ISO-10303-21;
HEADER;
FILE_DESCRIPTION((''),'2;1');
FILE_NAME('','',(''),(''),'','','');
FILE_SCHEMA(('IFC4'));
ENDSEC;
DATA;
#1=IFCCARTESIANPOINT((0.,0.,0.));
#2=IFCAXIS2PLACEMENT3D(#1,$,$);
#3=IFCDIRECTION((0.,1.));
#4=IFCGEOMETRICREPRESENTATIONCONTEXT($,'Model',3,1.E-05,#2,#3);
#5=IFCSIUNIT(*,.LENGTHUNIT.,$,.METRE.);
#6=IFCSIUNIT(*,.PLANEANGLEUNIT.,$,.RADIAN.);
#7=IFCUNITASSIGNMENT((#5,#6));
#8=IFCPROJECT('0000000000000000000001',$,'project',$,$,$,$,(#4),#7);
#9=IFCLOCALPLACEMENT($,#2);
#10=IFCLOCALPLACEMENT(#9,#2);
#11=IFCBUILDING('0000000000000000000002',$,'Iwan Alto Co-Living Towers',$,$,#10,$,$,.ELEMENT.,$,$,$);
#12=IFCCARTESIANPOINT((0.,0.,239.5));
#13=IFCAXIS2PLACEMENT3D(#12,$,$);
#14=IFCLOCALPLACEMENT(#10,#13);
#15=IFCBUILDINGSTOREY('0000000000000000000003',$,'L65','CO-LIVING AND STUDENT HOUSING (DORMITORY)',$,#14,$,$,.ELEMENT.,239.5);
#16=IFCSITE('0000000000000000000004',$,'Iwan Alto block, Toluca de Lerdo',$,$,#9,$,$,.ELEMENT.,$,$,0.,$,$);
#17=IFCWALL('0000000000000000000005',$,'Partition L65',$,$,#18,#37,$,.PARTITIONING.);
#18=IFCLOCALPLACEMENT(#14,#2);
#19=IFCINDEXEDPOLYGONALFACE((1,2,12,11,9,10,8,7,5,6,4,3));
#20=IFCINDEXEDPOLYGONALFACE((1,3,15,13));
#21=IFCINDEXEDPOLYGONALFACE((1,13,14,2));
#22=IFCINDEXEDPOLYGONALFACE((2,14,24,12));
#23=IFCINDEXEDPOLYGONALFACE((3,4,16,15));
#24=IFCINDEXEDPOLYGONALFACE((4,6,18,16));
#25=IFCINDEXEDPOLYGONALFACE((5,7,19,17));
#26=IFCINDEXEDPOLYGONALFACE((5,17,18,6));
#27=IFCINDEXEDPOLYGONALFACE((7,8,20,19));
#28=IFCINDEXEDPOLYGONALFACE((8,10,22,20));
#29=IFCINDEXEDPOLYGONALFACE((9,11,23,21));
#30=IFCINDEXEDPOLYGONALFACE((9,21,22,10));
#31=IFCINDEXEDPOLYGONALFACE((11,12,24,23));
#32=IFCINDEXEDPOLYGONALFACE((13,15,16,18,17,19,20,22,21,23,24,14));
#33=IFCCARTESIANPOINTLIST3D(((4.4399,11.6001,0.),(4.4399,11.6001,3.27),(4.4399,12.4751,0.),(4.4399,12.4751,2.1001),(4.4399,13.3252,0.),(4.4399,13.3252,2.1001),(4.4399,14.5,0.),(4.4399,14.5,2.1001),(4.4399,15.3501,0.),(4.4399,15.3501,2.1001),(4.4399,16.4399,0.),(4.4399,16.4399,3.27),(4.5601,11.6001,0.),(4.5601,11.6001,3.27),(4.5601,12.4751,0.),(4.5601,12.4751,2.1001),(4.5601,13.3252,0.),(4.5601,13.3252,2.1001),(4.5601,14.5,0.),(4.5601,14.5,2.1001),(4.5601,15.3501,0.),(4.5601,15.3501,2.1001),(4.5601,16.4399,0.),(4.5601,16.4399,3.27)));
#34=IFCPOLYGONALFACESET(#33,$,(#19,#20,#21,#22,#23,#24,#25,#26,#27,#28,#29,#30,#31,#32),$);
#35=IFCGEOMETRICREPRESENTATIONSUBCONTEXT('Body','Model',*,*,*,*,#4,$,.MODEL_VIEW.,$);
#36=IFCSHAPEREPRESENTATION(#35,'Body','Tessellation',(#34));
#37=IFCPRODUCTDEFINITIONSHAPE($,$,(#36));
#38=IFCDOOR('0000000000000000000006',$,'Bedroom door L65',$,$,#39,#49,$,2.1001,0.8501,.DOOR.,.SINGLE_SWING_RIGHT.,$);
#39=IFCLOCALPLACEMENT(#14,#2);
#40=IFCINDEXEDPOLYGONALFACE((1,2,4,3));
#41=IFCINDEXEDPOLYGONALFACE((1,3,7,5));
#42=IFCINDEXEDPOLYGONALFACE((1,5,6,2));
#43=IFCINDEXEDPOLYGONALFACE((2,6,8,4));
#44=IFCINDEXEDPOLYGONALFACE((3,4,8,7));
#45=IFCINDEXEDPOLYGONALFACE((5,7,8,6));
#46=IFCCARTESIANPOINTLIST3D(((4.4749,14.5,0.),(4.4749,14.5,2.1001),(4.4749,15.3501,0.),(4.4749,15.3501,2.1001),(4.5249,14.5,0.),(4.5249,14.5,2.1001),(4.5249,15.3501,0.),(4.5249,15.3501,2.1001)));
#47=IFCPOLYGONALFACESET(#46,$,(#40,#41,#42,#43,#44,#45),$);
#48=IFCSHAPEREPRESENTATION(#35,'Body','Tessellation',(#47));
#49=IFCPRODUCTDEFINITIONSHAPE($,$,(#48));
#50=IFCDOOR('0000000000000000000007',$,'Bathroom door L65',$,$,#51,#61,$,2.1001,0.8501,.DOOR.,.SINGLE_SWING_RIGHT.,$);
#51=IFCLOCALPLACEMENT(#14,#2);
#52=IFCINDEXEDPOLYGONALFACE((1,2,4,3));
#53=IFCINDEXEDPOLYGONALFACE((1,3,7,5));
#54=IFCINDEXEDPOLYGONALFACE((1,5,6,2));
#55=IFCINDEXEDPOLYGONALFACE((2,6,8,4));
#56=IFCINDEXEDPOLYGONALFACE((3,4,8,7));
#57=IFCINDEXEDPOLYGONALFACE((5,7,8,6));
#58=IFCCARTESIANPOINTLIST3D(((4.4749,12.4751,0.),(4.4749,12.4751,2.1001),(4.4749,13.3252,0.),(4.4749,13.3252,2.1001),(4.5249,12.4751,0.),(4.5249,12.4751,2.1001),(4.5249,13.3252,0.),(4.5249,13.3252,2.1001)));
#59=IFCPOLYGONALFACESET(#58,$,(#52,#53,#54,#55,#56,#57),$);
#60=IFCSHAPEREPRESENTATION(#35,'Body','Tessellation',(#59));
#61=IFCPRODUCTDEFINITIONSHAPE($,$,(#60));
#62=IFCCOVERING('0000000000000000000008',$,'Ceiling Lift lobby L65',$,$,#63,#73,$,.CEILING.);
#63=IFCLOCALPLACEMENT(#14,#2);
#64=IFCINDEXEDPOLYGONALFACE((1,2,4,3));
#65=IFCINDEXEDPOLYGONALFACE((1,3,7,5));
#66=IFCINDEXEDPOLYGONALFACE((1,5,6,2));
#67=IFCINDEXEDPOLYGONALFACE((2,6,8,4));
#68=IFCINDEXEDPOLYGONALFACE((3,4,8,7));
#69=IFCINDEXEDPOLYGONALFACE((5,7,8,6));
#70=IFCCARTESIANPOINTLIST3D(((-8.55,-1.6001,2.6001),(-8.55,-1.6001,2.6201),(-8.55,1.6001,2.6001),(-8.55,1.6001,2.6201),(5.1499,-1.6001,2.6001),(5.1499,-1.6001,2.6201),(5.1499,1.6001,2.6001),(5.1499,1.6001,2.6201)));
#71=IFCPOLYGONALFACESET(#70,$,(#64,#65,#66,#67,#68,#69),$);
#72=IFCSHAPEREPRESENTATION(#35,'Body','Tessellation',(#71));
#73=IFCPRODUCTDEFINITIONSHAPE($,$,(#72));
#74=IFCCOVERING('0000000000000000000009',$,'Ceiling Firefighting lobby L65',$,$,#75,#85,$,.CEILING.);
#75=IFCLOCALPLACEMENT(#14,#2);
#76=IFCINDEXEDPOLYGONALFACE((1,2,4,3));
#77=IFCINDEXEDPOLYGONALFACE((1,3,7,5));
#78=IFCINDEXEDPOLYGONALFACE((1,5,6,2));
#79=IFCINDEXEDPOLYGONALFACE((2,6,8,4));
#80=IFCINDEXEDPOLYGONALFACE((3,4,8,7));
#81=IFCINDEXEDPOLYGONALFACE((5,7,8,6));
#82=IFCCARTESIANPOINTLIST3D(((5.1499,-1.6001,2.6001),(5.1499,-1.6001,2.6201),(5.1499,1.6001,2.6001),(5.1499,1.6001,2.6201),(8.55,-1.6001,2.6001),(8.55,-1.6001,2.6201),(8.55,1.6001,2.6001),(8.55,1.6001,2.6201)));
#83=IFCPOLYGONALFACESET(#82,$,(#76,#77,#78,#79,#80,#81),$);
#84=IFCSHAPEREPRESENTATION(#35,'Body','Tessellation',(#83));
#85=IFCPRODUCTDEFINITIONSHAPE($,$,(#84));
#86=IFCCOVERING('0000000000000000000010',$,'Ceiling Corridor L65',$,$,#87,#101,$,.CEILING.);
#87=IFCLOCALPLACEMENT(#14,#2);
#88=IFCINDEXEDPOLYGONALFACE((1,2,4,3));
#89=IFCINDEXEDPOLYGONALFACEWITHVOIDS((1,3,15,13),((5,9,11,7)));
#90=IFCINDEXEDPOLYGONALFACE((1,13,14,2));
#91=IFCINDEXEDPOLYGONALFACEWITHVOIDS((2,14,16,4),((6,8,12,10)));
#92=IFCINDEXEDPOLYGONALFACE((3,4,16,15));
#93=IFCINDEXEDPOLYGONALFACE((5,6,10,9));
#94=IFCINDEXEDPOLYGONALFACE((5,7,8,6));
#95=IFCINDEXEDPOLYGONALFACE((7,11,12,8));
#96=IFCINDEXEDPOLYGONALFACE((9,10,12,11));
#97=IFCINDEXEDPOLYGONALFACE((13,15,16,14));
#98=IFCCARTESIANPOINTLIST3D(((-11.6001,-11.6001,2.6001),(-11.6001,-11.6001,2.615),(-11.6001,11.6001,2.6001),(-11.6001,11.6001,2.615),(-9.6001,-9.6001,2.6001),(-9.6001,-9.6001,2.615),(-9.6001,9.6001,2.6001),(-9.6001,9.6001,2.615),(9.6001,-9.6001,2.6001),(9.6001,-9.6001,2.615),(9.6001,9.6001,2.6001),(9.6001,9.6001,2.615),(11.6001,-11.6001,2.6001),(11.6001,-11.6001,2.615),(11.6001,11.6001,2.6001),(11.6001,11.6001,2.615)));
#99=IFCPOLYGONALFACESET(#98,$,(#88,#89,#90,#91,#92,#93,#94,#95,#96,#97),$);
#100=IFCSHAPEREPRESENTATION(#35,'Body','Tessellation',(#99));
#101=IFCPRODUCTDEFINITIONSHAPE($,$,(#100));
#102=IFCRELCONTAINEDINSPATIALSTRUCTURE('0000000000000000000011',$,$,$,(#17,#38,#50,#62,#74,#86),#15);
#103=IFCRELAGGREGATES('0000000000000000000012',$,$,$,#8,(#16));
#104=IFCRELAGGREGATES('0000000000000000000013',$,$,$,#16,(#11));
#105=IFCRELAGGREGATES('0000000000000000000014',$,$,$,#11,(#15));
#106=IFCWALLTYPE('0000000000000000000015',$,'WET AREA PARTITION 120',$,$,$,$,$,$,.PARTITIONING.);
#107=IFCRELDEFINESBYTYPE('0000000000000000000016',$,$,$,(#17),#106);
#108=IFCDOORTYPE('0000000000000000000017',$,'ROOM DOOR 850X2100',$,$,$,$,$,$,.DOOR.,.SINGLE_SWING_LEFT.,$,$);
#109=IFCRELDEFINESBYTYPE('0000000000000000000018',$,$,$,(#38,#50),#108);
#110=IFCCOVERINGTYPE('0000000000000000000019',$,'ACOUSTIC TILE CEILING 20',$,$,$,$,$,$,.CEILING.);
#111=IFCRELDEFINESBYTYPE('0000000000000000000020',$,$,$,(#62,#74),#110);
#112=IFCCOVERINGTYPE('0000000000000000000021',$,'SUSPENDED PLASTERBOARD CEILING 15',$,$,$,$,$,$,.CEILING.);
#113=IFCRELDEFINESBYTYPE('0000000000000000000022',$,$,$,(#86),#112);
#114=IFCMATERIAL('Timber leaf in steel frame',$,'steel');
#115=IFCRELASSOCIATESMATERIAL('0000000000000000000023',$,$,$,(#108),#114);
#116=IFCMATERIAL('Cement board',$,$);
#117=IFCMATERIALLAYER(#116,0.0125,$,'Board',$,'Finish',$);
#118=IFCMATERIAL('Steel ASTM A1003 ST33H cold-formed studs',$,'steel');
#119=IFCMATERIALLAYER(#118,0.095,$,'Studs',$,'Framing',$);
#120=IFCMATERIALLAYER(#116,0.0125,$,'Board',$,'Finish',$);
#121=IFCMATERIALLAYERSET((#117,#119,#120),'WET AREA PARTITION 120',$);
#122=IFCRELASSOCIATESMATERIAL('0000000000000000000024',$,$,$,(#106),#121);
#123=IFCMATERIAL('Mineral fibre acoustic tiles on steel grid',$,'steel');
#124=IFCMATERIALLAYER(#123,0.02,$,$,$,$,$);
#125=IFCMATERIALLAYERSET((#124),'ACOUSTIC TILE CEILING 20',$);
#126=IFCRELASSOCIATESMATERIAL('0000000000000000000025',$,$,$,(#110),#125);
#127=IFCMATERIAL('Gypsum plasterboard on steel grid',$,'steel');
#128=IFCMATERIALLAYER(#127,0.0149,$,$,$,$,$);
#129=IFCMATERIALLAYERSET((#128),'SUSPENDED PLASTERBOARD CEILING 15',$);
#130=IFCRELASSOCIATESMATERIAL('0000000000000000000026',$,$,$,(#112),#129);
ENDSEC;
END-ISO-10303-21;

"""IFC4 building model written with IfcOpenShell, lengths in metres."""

from ifc_helpers import new_model, si_unit, direction, frame, frame_2d, origin, place, context, subcontext, project, spatial, polyline, rectangle, outline, extrude, material, layer, layer_set, type_object, element, fill, save


model = new_model("IFC4")

# Units and contexts
model_context = context("Model", 3, precision=1e-05, world=origin(), true_north=direction((0.0, 1.0)))
body_context = subcontext(model_context, "Body", "Model", "MODEL_VIEW")
ifc_project = project(units=[si_unit("LENGTHUNIT", "METRE"), si_unit("PLANEANGLEUNIT", "RADIAN")], contexts=[model_context])

# Site, building, storey
site_placement = place(None, origin())
site = spatial("IfcSite", under=ifc_project, at=site_placement, Name="Iwan Alto block, Toluca de Lerdo", CompositionType="ELEMENT", RefElevation=0.0)
building_placement = place(site_placement, origin())
building = spatial("IfcBuilding", under=site, at=building_placement, Name="Iwan Alto Co-Living Towers", CompositionType="ELEMENT")
storey_placement = place(building_placement, frame((0.0, 0.0, 239.5)))
storey = spatial("IfcBuildingStorey", under=building, at=storey_placement, Name="L65", Description="CO-LIVING AND STUDENT HOUSING (DORMITORY)", CompositionType="ELEMENT", Elevation=239.5)

# Shared definitions
ifc_material_1 = material(Name="Steel ASTM A1003 ST33H cold-formed studs", Category="steel")
ifc_material_2 = material(Name="Timber leaf in steel frame", Category="steel")
door_type_1 = type_object("IfcDoorType", Name="ROOM DOOR 850X2100", OperationType="SINGLE_SWING_LEFT", PredefinedType="DOOR", material=ifc_material_2)

# Shared definitions
ifc_material_3 = material(Name="Cement board")
ifc_layer_1 = layer(ifc_material_3, 0.0125, Name="Board", Category="Finish")
ifc_layer_2 = layer(ifc_material_1, 0.095, Name="Studs", Category="Framing")
ifc_layer_3 = layer(ifc_material_3, 0.0125, Name="Board", Category="Finish")
ifc_layer_set_1 = layer_set([ifc_layer_1, ifc_layer_2, ifc_layer_3], Name="WET AREA PARTITION 120")
wall_type_1 = type_object("IfcWallType", Name="WET AREA PARTITION 120", PredefinedType="PARTITIONING", material=ifc_layer_set_1)

# Wall, openings, doors
wall_1_placement = place(storey_placement, frame((4.5, 11.6001, 0.0), z_axis=(0.0, 0.0, 1.0), x_axis=(0.0, 1.0, 0.0)))
wall_1 = element("IfcWall", 1, at=wall_1_placement, inside=storey, type_object=wall_type_1, Name="Partition L65", PredefinedType="PARTITIONING", context=body_context, shape_type="SweptSolid", body=[
    extrude(rectangle(XDim=4.8398, YDim=0.1201, at=frame_2d((2.4199, 0.0))), origin(), (0.0, 0.0, 1.0), 3.27),
])
opening_1_placement = place(wall_1_placement, frame((2.8999, 0.0, 0.0)))
opening_1 = element("IfcOpeningElement", 2, at=opening_1_placement, cuts=wall_1, PredefinedType="OPENING", context=body_context, shape_type="SweptSolid", body=[
    extrude(rectangle(XDim=0.8501, YDim=2.1001, at=frame_2d((0.425, 1.05))), frame((0.0, 0.0701, 0.0), z_axis=(0.0, -1.0, 0.0), x_axis=(1.0, 0.0, 0.0)), (0.0, 0.0, 1.0), 0.1401),
])
opening_2_placement = place(wall_1_placement, frame((0.875, 0.0, 0.0)))
opening_2 = element("IfcOpeningElement", 3, at=opening_2_placement, cuts=wall_1, PredefinedType="OPENING", context=body_context, shape_type="SweptSolid", body=[
    extrude(rectangle(XDim=0.8501, YDim=2.1001, at=frame_2d((0.425, 1.05))), frame((0.0, 0.0701, 0.0), z_axis=(0.0, -1.0, 0.0), x_axis=(1.0, 0.0, 0.0)), (0.0, 0.0, 1.0), 0.1401),
])
door_1_placement = place(opening_1_placement, frame((0.8501, 0.0, 0.0), z_axis=(0.0, 0.0, 1.0), x_axis=(-1.0, 0.0, 0.0)))
door_1 = element("IfcDoor", 4, at=door_1_placement, inside=storey, type_object=door_type_1, Name="Bedroom door L65", OperationType="SINGLE_SWING_RIGHT", OverallHeight=2.1001, OverallWidth=0.8501, PredefinedType="DOOR", context=body_context, shape_type="SweptSolid", body=[
    extrude(rectangle(XDim=0.8501, YDim=2.1001, at=frame_2d((0.425, 1.05))), frame((0.0, 0.0249, 0.0), z_axis=(0.0, -1.0, 0.0), x_axis=(1.0, 0.0, 0.0)), (0.0, 0.0, 1.0), 0.05),
])
fill(opening_1, door_1)
door_2_placement = place(opening_2_placement, frame((0.8501, 0.0, 0.0), z_axis=(0.0, 0.0, 1.0), x_axis=(-1.0, 0.0, 0.0)))
door_2 = element("IfcDoor", 5, at=door_2_placement, inside=storey, type_object=door_type_1, Name="Bathroom door L65", OperationType="SINGLE_SWING_RIGHT", OverallHeight=2.1001, OverallWidth=0.8501, PredefinedType="DOOR", context=body_context, shape_type="SweptSolid", body=[
    extrude(rectangle(XDim=0.8501, YDim=2.1001, at=frame_2d((0.425, 1.05))), frame((0.0, 0.0249, 0.0), z_axis=(0.0, -1.0, 0.0), x_axis=(1.0, 0.0, 0.0)), (0.0, 0.0, 1.0), 0.05),
])
fill(opening_2, door_2)

# Coverings
ifc_material_4 = material(Name="Mineral fibre acoustic tiles on steel grid", Category="steel")
ifc_layer_4 = layer(ifc_material_4, 0.02)
ifc_layer_set_2 = layer_set([ifc_layer_4], Name="ACOUSTIC TILE CEILING 20")
covering_type_1 = type_object("IfcCoveringType", Name="ACOUSTIC TILE CEILING 20", PredefinedType="CEILING", material=ifc_layer_set_2)
covering_1_placement = place(storey_placement, frame((0.0, 0.0, 2.6001)))
element("IfcCovering", 6, at=covering_1_placement, inside=storey, type_object=covering_type_1, Name="Ceiling Lift lobby L65", PredefinedType="CEILING", context=body_context, shape_type="SweptSolid", body=[
    extrude(outline(polyline([(-8.55, -1.6001), (-8.55, 1.6001), (5.1499, 1.6001), (5.1499, -1.6001), (-8.55, -1.6001)])), origin(), (0.0, 0.0, 1.0), 0.02),
])
covering_2_placement = place(storey_placement, frame((0.0, 0.0, 2.6001)))
element("IfcCovering", 7, at=covering_2_placement, inside=storey, type_object=covering_type_1, Name="Ceiling Firefighting lobby L65", PredefinedType="CEILING", context=body_context, shape_type="SweptSolid", body=[
    extrude(outline(polyline([(5.1499, -1.6001), (5.1499, 1.6001), (8.55, 1.6001), (8.55, -1.6001), (5.1499, -1.6001)])), origin(), (0.0, 0.0, 1.0), 0.02),
])
ifc_material_5 = material(Name="Gypsum plasterboard on steel grid", Category="steel")
ifc_layer_5 = layer(ifc_material_5, 0.0149)
ifc_layer_set_3 = layer_set([ifc_layer_5], Name="SUSPENDED PLASTERBOARD CEILING 15")
covering_type_2 = type_object("IfcCoveringType", Name="SUSPENDED PLASTERBOARD CEILING 15", PredefinedType="CEILING", material=ifc_layer_set_3)
covering_3_placement = place(storey_placement, frame((0.0, 0.0, 2.6001)))
element("IfcCovering", 8, at=covering_3_placement, inside=storey, type_object=covering_type_2, Name="Ceiling Corridor L65", PredefinedType="CEILING", context=body_context, shape_type="SweptSolid", body=[
    extrude(outline(polyline([(-11.6001, 11.6001), (11.6001, 11.6001), (11.6001, -11.6001), (-11.6001, -11.6001), (-11.6001, 11.6001)]), holes=[polyline([(-9.6001, 9.6001), (-9.6001, -9.6001), (9.6001, -9.6001), (9.6001, 9.6001), (-9.6001, 9.6001)])]), origin(), (0.0, 0.0, 1.0), 0.0149),
])

save(model, "model.ifc")
